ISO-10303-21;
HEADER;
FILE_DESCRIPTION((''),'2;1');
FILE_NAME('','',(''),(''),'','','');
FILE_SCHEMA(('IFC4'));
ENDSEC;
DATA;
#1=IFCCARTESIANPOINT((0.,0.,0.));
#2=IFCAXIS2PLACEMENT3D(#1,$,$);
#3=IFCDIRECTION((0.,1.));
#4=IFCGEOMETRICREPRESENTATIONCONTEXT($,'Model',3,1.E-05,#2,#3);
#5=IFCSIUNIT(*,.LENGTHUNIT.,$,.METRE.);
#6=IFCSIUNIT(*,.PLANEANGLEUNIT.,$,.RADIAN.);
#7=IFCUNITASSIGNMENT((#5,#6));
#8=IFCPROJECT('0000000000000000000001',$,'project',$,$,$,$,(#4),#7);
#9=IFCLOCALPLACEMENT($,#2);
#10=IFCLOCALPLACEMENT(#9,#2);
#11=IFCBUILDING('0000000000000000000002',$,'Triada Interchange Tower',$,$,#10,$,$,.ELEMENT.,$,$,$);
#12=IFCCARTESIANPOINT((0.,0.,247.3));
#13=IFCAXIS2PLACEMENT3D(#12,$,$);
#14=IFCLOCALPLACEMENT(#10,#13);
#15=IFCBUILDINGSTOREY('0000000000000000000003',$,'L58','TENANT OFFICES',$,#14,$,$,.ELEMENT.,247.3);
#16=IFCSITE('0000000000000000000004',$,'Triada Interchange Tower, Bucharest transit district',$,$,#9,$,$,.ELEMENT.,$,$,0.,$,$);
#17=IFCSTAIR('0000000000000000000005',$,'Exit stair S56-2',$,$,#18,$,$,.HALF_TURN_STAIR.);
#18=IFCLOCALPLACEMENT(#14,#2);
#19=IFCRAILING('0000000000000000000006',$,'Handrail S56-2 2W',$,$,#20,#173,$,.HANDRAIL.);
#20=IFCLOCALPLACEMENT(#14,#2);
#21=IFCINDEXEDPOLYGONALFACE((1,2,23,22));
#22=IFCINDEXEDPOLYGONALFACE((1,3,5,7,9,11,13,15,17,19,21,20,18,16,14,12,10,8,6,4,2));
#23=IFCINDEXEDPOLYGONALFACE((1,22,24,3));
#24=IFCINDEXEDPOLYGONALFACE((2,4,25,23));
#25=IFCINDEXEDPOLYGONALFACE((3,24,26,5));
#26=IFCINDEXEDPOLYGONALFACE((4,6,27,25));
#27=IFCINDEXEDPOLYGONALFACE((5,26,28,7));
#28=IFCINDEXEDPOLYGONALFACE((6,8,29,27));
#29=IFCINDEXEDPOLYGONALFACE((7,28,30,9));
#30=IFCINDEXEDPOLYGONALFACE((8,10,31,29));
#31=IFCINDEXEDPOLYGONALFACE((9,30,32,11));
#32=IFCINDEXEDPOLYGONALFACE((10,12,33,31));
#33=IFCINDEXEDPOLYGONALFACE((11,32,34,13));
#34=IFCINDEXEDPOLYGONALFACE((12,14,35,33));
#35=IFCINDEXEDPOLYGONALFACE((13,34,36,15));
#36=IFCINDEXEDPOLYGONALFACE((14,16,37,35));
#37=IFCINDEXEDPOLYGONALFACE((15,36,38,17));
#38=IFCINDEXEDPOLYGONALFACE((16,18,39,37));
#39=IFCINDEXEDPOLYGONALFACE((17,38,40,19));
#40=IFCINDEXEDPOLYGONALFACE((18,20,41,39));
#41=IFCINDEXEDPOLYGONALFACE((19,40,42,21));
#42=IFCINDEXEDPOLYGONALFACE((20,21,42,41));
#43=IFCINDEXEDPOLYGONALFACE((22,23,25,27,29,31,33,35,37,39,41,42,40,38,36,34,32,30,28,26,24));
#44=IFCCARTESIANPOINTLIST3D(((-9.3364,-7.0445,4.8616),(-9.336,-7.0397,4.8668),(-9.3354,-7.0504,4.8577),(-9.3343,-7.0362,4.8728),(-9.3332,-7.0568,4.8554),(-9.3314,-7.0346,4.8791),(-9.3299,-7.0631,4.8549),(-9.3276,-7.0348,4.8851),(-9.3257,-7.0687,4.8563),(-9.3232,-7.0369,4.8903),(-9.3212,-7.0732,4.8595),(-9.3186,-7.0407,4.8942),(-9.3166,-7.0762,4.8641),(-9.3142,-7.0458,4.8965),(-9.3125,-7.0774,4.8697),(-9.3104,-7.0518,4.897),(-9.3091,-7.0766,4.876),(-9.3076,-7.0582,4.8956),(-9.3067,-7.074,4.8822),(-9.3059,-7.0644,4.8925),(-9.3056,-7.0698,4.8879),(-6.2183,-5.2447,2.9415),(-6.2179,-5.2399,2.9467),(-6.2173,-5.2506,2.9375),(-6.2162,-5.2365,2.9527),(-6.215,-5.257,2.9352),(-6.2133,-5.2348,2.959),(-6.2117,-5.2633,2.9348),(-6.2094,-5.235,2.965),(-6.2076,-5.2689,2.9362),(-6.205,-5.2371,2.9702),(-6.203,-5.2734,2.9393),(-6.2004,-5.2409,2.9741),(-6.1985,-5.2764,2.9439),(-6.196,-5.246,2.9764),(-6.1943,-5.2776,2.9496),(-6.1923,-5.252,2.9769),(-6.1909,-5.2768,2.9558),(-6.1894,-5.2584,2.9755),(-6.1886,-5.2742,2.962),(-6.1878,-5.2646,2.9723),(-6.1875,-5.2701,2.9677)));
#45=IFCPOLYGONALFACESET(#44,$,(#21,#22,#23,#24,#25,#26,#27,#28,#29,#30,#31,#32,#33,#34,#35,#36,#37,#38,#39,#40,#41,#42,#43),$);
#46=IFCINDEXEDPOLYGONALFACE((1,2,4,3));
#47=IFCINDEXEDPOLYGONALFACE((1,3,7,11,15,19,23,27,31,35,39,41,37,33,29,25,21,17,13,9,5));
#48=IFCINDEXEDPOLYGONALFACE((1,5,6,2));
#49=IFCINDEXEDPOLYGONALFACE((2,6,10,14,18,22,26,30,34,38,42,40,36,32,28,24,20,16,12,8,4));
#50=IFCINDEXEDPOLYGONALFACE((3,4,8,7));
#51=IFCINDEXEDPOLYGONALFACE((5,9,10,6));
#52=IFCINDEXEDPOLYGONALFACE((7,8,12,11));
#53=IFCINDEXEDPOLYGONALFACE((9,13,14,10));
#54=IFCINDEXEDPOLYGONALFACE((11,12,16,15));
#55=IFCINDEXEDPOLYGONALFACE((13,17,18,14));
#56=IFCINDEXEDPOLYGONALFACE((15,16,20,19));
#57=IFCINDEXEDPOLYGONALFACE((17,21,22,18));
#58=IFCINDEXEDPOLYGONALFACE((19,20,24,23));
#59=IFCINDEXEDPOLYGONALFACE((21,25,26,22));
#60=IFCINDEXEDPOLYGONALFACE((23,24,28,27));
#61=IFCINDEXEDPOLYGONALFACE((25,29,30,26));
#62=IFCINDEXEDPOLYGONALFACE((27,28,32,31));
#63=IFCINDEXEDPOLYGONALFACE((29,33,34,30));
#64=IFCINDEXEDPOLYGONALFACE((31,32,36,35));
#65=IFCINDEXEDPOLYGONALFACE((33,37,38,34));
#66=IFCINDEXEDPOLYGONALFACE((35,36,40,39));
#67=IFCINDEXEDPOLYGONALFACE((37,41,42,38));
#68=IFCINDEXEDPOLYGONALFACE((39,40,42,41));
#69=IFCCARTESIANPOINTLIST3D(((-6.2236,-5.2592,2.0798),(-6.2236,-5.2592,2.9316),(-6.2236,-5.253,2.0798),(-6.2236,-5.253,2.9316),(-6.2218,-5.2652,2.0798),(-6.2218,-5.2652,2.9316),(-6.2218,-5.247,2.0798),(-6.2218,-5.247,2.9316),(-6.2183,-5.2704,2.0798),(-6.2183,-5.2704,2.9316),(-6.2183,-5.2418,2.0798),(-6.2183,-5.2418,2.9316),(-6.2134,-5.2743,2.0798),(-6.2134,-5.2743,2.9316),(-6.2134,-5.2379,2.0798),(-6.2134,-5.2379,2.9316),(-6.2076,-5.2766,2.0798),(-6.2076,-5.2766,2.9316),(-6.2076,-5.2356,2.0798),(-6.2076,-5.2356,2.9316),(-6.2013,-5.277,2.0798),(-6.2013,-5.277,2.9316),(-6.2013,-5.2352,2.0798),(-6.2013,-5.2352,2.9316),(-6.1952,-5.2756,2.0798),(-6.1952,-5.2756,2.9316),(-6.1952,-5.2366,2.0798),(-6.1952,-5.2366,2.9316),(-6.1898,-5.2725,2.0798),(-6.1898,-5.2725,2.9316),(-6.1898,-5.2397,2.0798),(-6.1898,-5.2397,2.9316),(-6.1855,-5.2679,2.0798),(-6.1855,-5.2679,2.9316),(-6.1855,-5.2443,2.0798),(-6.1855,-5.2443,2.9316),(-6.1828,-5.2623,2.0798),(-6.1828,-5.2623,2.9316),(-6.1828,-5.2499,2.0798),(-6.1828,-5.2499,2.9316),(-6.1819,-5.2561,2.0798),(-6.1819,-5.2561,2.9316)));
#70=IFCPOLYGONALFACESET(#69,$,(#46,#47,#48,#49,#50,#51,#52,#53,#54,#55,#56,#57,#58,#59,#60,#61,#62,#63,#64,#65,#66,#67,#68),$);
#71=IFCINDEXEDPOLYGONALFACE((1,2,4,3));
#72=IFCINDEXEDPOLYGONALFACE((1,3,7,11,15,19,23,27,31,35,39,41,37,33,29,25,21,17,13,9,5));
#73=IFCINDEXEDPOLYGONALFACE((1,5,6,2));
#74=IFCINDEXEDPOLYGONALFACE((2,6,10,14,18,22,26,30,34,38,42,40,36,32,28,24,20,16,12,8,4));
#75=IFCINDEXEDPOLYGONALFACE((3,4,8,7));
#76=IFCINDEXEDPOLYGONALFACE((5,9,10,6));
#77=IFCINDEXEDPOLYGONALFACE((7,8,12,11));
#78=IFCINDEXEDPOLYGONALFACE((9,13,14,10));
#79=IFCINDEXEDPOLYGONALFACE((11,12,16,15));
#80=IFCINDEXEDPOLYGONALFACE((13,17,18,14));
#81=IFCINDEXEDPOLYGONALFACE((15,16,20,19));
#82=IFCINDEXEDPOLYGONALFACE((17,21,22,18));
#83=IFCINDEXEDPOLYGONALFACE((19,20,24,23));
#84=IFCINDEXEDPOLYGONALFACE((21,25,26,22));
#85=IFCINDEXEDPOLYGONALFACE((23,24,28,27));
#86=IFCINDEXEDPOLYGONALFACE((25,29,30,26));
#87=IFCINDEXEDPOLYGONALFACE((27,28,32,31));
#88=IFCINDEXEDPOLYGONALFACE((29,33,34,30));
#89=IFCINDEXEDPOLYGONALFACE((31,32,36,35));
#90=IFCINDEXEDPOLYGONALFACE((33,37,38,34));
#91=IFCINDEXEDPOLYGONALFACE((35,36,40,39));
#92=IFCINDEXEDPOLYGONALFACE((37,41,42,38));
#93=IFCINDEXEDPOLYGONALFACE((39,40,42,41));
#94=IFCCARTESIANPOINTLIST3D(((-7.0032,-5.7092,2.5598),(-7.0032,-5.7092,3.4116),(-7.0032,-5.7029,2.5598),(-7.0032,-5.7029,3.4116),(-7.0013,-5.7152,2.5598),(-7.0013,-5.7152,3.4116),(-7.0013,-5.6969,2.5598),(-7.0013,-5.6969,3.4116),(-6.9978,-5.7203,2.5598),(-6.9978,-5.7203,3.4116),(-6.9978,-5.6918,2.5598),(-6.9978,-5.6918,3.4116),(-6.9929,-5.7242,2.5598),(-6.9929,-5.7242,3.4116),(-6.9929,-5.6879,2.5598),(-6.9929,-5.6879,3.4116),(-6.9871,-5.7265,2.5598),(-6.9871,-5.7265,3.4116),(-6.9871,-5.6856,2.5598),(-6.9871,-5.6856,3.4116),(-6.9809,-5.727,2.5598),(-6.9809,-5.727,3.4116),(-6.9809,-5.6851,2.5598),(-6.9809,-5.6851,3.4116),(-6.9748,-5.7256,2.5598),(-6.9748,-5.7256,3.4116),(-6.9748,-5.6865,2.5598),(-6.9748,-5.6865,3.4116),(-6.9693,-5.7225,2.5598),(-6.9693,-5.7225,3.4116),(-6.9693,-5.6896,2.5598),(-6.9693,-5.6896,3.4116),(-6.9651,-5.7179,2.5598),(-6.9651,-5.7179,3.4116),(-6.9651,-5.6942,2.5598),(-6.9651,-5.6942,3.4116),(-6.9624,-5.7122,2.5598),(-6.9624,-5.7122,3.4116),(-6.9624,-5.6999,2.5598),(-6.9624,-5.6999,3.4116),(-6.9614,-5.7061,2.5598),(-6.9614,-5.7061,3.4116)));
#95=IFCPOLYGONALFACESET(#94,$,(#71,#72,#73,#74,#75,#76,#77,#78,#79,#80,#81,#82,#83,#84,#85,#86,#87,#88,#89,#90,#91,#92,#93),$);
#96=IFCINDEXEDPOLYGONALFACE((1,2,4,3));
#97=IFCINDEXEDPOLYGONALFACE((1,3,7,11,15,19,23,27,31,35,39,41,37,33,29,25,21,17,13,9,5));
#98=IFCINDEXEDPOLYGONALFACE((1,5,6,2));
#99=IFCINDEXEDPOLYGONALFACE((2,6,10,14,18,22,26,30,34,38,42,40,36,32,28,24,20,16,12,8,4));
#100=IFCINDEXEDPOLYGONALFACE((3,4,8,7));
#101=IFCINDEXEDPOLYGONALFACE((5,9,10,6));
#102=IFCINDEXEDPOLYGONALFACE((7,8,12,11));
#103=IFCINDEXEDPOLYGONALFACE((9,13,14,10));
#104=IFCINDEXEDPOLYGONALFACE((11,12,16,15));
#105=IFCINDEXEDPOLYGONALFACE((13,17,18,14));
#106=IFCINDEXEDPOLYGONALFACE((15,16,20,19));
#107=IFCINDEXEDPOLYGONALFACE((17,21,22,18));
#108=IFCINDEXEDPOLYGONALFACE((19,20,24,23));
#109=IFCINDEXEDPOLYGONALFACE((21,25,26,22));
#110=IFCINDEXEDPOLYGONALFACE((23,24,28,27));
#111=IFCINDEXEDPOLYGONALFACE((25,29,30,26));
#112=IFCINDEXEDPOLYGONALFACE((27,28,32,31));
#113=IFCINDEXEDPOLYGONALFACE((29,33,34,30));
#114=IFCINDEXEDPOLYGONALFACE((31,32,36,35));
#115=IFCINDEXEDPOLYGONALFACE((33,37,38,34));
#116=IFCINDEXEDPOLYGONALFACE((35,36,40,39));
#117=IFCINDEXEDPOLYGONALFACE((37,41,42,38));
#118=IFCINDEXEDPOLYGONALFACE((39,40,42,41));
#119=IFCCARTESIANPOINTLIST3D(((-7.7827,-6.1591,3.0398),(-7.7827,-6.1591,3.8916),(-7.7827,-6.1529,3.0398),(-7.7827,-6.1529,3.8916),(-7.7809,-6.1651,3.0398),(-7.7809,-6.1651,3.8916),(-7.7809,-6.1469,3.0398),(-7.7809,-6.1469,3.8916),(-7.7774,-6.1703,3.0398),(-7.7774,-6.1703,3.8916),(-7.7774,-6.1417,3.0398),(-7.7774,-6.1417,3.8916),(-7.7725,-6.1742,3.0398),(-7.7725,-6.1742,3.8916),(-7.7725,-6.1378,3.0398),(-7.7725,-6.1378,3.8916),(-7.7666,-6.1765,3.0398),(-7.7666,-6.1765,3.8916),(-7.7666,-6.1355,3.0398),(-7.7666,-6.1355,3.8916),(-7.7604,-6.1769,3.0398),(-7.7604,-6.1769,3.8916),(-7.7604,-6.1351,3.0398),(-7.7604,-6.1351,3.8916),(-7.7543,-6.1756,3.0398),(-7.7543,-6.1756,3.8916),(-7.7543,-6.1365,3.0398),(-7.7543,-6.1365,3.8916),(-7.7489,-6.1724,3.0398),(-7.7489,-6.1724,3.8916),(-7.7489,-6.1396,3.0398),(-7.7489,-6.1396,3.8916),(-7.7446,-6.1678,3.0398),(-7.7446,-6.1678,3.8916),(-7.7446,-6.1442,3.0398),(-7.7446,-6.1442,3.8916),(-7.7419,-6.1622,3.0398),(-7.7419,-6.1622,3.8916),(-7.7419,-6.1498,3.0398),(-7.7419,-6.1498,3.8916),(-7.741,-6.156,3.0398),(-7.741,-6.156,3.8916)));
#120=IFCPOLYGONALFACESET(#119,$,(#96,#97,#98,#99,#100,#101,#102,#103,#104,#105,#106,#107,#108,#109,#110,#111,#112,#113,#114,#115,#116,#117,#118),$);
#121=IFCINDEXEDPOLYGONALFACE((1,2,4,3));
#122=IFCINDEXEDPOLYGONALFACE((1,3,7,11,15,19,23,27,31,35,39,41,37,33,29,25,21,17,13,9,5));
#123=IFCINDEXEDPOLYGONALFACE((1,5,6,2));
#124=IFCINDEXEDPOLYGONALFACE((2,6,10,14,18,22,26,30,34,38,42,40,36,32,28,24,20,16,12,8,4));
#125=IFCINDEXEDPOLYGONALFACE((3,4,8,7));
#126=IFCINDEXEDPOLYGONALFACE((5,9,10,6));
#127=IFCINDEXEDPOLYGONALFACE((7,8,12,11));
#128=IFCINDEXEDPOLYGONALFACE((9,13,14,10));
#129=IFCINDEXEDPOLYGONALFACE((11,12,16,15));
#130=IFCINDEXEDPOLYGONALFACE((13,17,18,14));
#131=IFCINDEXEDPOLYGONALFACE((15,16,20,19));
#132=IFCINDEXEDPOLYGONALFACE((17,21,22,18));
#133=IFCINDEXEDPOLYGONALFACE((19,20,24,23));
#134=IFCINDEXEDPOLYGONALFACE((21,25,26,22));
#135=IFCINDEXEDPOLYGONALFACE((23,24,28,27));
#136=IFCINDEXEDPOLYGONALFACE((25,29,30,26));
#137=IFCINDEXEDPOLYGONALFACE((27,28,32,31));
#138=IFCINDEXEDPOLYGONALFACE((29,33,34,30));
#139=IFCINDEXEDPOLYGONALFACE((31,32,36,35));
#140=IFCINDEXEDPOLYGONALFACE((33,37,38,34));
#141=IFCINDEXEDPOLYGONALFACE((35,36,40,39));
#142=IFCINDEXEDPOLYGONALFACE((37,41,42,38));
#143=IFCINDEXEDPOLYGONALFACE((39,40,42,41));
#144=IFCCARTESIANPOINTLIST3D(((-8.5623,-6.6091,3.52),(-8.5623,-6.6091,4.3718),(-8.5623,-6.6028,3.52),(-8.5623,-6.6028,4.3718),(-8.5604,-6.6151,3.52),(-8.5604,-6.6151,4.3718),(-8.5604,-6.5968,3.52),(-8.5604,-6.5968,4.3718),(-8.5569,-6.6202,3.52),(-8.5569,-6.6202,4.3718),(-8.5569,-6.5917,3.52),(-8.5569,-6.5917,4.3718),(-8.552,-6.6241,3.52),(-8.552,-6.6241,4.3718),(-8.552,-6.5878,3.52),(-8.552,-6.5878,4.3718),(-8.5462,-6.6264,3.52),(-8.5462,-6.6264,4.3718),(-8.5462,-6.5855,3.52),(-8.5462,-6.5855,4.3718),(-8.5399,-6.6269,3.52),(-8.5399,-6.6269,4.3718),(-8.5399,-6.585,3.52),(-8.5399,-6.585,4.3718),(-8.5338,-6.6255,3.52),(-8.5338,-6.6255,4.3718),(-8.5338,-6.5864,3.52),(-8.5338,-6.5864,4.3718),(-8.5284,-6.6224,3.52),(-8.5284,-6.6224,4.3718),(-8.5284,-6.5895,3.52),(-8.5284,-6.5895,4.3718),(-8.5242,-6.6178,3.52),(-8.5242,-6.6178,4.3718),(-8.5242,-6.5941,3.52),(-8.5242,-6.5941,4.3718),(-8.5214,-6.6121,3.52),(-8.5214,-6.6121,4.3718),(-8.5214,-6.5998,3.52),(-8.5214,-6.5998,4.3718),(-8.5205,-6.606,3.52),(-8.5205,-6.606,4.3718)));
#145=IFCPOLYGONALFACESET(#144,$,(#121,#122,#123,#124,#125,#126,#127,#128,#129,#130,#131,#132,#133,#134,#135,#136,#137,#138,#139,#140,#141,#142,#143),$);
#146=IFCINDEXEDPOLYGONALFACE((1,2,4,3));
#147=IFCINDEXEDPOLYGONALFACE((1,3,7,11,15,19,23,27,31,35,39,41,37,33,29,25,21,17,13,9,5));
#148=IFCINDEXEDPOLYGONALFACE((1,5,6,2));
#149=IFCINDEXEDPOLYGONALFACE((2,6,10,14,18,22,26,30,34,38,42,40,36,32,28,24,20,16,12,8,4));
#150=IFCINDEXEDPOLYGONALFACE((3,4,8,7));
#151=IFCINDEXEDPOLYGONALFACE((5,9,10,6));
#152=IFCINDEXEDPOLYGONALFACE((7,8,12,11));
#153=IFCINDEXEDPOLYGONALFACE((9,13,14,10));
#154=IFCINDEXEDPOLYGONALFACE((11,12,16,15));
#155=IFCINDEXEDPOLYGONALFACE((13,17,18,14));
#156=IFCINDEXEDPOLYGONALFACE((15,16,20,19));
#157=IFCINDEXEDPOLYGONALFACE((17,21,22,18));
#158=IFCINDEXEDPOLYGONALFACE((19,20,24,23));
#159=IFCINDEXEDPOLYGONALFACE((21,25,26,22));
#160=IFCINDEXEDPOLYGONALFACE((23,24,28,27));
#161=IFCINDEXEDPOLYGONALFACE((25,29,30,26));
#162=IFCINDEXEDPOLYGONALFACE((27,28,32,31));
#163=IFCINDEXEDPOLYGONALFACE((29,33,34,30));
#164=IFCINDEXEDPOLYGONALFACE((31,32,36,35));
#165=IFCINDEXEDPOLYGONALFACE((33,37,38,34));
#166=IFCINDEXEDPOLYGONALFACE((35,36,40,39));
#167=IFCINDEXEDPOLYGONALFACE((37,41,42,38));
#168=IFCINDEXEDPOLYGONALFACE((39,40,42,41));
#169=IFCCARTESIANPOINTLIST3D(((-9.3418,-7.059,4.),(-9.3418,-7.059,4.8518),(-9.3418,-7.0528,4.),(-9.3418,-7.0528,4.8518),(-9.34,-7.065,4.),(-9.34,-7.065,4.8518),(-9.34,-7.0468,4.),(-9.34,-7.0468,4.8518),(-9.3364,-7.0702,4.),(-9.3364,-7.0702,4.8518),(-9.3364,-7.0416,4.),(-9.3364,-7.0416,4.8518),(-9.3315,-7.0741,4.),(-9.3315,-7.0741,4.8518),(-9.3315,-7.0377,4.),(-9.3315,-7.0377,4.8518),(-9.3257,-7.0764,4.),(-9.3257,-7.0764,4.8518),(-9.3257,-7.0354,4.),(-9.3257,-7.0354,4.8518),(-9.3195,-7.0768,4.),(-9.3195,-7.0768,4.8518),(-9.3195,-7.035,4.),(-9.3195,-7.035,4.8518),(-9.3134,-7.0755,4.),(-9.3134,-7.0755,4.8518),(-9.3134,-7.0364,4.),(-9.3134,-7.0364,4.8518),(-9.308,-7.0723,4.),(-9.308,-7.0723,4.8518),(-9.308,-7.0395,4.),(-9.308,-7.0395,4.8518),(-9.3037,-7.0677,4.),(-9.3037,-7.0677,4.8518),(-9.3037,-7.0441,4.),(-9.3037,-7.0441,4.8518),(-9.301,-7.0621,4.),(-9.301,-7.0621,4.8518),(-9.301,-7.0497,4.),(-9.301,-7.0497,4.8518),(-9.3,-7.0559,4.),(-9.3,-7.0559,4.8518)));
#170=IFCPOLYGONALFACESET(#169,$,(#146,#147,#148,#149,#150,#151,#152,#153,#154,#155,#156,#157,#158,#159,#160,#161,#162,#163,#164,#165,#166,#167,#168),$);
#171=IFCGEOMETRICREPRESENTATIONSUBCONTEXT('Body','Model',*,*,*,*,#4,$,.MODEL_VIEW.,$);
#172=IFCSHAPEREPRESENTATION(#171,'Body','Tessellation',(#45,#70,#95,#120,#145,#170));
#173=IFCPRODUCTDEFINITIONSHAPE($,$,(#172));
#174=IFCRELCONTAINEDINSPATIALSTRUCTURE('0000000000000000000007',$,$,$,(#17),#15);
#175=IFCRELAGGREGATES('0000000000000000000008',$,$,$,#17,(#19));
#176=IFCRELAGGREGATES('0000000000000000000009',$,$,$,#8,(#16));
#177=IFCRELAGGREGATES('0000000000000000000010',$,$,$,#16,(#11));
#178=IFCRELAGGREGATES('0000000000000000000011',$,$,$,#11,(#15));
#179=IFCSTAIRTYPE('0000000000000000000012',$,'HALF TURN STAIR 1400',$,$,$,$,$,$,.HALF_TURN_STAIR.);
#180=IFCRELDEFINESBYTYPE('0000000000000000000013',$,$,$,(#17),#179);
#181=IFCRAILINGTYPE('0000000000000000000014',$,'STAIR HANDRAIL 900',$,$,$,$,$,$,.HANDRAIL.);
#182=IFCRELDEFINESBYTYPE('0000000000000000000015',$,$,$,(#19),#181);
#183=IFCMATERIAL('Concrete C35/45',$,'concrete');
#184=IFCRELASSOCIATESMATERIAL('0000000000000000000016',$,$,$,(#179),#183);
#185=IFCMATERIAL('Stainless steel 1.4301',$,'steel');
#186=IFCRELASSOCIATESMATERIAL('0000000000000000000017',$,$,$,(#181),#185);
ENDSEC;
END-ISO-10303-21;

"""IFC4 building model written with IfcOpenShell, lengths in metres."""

from ifc_helpers import new_model, si_unit, direction, frame, origin, origin_2d, place, context, subcontext, project, spatial, circle, extrude, material, type_object, element, aggregate, save


model = new_model("IFC4")

# Units and contexts
model_context = context("Model", 3, precision=1e-05, world=origin(), true_north=direction((0.0, 1.0)))
body_context = subcontext(model_context, "Body", "Model", "MODEL_VIEW")
ifc_project = project(units=[si_unit("LENGTHUNIT", "METRE"), si_unit("PLANEANGLEUNIT", "RADIAN")], contexts=[model_context])

# Site, building, storey
site_placement = place(None, origin())
site = spatial("IfcSite", under=ifc_project, at=site_placement, Name="Triada Interchange Tower, Bucharest transit district", CompositionType="ELEMENT", RefElevation=0.0)
building_placement = place(site_placement, origin())
building = spatial("IfcBuilding", under=site, at=building_placement, Name="Triada Interchange Tower", CompositionType="ELEMENT")
storey_placement = place(building_placement, frame((0.0, 0.0, 247.3)))
storey = spatial("IfcBuildingStorey", under=building, at=storey_placement, Name="L58", Description="TENANT OFFICES", CompositionType="ELEMENT", Elevation=247.3)

# Stair, railing
ifc_material_1 = material(Name="Concrete C35/45", Category="concrete")
stair_type = type_object("IfcStairType", Name="HALF TURN STAIR 1400", PredefinedType="HALF_TURN_STAIR", material=ifc_material_1)
stair_placement = place(storey_placement, origin())
stair = element("IfcStair", 1, at=stair_placement, inside=storey, type_object=stair_type, Name="Exit stair S56-2", PredefinedType="HALF_TURN_STAIR")
ifc_material_2 = material(Name="Stainless steel 1.4301", Category="steel")
railing_type = type_object("IfcRailingType", Name="STAIR HANDRAIL 900", PredefinedType="HANDRAIL", material=ifc_material_2)
railing_1_placement = place(storey_placement, frame((-6.2029, -5.2561, 2.0798)))
railing_1 = element("IfcRailing", 2, at=railing_1_placement, type_object=railing_type, Name="Handrail S56-2 2W", PredefinedType="HANDRAIL", context=body_context, shape_type="SweptSolid", body=[
    extrude(circle(Radius=0.0239, at=origin_2d()), frame((0.0, 0.0, 0.876), z_axis=(-0.76419, -0.44109, 0.470588), x_axis=(0.499902, -0.866082, 0.0)), (0.0, 0.0, 1.0), 4.0803),
    extrude(circle(Radius=0.021, at=origin_2d()), origin(), (0.0, 0.0, 1.0), 0.8518),
    extrude(circle(Radius=0.021, at=origin_2d()), frame((-0.7795, -0.45, 0.48)), (0.0, 0.0, 1.0), 0.8518),
    extrude(circle(Radius=0.021, at=origin_2d()), frame((-1.5591, -0.8999, 0.96)), (0.0, 0.0, 1.0), 0.8518),
    extrude(circle(Radius=0.021, at=origin_2d()), frame((-2.3386, -1.3499, 1.4402)), (0.0, 0.0, 1.0), 0.8518),
    extrude(circle(Radius=0.021, at=origin_2d()), frame((-3.1182, -1.7998, 1.9202)), (0.0, 0.0, 1.0), 0.8518),
])
aggregate(stair, [railing_1])

save(model, "model.ifc")
